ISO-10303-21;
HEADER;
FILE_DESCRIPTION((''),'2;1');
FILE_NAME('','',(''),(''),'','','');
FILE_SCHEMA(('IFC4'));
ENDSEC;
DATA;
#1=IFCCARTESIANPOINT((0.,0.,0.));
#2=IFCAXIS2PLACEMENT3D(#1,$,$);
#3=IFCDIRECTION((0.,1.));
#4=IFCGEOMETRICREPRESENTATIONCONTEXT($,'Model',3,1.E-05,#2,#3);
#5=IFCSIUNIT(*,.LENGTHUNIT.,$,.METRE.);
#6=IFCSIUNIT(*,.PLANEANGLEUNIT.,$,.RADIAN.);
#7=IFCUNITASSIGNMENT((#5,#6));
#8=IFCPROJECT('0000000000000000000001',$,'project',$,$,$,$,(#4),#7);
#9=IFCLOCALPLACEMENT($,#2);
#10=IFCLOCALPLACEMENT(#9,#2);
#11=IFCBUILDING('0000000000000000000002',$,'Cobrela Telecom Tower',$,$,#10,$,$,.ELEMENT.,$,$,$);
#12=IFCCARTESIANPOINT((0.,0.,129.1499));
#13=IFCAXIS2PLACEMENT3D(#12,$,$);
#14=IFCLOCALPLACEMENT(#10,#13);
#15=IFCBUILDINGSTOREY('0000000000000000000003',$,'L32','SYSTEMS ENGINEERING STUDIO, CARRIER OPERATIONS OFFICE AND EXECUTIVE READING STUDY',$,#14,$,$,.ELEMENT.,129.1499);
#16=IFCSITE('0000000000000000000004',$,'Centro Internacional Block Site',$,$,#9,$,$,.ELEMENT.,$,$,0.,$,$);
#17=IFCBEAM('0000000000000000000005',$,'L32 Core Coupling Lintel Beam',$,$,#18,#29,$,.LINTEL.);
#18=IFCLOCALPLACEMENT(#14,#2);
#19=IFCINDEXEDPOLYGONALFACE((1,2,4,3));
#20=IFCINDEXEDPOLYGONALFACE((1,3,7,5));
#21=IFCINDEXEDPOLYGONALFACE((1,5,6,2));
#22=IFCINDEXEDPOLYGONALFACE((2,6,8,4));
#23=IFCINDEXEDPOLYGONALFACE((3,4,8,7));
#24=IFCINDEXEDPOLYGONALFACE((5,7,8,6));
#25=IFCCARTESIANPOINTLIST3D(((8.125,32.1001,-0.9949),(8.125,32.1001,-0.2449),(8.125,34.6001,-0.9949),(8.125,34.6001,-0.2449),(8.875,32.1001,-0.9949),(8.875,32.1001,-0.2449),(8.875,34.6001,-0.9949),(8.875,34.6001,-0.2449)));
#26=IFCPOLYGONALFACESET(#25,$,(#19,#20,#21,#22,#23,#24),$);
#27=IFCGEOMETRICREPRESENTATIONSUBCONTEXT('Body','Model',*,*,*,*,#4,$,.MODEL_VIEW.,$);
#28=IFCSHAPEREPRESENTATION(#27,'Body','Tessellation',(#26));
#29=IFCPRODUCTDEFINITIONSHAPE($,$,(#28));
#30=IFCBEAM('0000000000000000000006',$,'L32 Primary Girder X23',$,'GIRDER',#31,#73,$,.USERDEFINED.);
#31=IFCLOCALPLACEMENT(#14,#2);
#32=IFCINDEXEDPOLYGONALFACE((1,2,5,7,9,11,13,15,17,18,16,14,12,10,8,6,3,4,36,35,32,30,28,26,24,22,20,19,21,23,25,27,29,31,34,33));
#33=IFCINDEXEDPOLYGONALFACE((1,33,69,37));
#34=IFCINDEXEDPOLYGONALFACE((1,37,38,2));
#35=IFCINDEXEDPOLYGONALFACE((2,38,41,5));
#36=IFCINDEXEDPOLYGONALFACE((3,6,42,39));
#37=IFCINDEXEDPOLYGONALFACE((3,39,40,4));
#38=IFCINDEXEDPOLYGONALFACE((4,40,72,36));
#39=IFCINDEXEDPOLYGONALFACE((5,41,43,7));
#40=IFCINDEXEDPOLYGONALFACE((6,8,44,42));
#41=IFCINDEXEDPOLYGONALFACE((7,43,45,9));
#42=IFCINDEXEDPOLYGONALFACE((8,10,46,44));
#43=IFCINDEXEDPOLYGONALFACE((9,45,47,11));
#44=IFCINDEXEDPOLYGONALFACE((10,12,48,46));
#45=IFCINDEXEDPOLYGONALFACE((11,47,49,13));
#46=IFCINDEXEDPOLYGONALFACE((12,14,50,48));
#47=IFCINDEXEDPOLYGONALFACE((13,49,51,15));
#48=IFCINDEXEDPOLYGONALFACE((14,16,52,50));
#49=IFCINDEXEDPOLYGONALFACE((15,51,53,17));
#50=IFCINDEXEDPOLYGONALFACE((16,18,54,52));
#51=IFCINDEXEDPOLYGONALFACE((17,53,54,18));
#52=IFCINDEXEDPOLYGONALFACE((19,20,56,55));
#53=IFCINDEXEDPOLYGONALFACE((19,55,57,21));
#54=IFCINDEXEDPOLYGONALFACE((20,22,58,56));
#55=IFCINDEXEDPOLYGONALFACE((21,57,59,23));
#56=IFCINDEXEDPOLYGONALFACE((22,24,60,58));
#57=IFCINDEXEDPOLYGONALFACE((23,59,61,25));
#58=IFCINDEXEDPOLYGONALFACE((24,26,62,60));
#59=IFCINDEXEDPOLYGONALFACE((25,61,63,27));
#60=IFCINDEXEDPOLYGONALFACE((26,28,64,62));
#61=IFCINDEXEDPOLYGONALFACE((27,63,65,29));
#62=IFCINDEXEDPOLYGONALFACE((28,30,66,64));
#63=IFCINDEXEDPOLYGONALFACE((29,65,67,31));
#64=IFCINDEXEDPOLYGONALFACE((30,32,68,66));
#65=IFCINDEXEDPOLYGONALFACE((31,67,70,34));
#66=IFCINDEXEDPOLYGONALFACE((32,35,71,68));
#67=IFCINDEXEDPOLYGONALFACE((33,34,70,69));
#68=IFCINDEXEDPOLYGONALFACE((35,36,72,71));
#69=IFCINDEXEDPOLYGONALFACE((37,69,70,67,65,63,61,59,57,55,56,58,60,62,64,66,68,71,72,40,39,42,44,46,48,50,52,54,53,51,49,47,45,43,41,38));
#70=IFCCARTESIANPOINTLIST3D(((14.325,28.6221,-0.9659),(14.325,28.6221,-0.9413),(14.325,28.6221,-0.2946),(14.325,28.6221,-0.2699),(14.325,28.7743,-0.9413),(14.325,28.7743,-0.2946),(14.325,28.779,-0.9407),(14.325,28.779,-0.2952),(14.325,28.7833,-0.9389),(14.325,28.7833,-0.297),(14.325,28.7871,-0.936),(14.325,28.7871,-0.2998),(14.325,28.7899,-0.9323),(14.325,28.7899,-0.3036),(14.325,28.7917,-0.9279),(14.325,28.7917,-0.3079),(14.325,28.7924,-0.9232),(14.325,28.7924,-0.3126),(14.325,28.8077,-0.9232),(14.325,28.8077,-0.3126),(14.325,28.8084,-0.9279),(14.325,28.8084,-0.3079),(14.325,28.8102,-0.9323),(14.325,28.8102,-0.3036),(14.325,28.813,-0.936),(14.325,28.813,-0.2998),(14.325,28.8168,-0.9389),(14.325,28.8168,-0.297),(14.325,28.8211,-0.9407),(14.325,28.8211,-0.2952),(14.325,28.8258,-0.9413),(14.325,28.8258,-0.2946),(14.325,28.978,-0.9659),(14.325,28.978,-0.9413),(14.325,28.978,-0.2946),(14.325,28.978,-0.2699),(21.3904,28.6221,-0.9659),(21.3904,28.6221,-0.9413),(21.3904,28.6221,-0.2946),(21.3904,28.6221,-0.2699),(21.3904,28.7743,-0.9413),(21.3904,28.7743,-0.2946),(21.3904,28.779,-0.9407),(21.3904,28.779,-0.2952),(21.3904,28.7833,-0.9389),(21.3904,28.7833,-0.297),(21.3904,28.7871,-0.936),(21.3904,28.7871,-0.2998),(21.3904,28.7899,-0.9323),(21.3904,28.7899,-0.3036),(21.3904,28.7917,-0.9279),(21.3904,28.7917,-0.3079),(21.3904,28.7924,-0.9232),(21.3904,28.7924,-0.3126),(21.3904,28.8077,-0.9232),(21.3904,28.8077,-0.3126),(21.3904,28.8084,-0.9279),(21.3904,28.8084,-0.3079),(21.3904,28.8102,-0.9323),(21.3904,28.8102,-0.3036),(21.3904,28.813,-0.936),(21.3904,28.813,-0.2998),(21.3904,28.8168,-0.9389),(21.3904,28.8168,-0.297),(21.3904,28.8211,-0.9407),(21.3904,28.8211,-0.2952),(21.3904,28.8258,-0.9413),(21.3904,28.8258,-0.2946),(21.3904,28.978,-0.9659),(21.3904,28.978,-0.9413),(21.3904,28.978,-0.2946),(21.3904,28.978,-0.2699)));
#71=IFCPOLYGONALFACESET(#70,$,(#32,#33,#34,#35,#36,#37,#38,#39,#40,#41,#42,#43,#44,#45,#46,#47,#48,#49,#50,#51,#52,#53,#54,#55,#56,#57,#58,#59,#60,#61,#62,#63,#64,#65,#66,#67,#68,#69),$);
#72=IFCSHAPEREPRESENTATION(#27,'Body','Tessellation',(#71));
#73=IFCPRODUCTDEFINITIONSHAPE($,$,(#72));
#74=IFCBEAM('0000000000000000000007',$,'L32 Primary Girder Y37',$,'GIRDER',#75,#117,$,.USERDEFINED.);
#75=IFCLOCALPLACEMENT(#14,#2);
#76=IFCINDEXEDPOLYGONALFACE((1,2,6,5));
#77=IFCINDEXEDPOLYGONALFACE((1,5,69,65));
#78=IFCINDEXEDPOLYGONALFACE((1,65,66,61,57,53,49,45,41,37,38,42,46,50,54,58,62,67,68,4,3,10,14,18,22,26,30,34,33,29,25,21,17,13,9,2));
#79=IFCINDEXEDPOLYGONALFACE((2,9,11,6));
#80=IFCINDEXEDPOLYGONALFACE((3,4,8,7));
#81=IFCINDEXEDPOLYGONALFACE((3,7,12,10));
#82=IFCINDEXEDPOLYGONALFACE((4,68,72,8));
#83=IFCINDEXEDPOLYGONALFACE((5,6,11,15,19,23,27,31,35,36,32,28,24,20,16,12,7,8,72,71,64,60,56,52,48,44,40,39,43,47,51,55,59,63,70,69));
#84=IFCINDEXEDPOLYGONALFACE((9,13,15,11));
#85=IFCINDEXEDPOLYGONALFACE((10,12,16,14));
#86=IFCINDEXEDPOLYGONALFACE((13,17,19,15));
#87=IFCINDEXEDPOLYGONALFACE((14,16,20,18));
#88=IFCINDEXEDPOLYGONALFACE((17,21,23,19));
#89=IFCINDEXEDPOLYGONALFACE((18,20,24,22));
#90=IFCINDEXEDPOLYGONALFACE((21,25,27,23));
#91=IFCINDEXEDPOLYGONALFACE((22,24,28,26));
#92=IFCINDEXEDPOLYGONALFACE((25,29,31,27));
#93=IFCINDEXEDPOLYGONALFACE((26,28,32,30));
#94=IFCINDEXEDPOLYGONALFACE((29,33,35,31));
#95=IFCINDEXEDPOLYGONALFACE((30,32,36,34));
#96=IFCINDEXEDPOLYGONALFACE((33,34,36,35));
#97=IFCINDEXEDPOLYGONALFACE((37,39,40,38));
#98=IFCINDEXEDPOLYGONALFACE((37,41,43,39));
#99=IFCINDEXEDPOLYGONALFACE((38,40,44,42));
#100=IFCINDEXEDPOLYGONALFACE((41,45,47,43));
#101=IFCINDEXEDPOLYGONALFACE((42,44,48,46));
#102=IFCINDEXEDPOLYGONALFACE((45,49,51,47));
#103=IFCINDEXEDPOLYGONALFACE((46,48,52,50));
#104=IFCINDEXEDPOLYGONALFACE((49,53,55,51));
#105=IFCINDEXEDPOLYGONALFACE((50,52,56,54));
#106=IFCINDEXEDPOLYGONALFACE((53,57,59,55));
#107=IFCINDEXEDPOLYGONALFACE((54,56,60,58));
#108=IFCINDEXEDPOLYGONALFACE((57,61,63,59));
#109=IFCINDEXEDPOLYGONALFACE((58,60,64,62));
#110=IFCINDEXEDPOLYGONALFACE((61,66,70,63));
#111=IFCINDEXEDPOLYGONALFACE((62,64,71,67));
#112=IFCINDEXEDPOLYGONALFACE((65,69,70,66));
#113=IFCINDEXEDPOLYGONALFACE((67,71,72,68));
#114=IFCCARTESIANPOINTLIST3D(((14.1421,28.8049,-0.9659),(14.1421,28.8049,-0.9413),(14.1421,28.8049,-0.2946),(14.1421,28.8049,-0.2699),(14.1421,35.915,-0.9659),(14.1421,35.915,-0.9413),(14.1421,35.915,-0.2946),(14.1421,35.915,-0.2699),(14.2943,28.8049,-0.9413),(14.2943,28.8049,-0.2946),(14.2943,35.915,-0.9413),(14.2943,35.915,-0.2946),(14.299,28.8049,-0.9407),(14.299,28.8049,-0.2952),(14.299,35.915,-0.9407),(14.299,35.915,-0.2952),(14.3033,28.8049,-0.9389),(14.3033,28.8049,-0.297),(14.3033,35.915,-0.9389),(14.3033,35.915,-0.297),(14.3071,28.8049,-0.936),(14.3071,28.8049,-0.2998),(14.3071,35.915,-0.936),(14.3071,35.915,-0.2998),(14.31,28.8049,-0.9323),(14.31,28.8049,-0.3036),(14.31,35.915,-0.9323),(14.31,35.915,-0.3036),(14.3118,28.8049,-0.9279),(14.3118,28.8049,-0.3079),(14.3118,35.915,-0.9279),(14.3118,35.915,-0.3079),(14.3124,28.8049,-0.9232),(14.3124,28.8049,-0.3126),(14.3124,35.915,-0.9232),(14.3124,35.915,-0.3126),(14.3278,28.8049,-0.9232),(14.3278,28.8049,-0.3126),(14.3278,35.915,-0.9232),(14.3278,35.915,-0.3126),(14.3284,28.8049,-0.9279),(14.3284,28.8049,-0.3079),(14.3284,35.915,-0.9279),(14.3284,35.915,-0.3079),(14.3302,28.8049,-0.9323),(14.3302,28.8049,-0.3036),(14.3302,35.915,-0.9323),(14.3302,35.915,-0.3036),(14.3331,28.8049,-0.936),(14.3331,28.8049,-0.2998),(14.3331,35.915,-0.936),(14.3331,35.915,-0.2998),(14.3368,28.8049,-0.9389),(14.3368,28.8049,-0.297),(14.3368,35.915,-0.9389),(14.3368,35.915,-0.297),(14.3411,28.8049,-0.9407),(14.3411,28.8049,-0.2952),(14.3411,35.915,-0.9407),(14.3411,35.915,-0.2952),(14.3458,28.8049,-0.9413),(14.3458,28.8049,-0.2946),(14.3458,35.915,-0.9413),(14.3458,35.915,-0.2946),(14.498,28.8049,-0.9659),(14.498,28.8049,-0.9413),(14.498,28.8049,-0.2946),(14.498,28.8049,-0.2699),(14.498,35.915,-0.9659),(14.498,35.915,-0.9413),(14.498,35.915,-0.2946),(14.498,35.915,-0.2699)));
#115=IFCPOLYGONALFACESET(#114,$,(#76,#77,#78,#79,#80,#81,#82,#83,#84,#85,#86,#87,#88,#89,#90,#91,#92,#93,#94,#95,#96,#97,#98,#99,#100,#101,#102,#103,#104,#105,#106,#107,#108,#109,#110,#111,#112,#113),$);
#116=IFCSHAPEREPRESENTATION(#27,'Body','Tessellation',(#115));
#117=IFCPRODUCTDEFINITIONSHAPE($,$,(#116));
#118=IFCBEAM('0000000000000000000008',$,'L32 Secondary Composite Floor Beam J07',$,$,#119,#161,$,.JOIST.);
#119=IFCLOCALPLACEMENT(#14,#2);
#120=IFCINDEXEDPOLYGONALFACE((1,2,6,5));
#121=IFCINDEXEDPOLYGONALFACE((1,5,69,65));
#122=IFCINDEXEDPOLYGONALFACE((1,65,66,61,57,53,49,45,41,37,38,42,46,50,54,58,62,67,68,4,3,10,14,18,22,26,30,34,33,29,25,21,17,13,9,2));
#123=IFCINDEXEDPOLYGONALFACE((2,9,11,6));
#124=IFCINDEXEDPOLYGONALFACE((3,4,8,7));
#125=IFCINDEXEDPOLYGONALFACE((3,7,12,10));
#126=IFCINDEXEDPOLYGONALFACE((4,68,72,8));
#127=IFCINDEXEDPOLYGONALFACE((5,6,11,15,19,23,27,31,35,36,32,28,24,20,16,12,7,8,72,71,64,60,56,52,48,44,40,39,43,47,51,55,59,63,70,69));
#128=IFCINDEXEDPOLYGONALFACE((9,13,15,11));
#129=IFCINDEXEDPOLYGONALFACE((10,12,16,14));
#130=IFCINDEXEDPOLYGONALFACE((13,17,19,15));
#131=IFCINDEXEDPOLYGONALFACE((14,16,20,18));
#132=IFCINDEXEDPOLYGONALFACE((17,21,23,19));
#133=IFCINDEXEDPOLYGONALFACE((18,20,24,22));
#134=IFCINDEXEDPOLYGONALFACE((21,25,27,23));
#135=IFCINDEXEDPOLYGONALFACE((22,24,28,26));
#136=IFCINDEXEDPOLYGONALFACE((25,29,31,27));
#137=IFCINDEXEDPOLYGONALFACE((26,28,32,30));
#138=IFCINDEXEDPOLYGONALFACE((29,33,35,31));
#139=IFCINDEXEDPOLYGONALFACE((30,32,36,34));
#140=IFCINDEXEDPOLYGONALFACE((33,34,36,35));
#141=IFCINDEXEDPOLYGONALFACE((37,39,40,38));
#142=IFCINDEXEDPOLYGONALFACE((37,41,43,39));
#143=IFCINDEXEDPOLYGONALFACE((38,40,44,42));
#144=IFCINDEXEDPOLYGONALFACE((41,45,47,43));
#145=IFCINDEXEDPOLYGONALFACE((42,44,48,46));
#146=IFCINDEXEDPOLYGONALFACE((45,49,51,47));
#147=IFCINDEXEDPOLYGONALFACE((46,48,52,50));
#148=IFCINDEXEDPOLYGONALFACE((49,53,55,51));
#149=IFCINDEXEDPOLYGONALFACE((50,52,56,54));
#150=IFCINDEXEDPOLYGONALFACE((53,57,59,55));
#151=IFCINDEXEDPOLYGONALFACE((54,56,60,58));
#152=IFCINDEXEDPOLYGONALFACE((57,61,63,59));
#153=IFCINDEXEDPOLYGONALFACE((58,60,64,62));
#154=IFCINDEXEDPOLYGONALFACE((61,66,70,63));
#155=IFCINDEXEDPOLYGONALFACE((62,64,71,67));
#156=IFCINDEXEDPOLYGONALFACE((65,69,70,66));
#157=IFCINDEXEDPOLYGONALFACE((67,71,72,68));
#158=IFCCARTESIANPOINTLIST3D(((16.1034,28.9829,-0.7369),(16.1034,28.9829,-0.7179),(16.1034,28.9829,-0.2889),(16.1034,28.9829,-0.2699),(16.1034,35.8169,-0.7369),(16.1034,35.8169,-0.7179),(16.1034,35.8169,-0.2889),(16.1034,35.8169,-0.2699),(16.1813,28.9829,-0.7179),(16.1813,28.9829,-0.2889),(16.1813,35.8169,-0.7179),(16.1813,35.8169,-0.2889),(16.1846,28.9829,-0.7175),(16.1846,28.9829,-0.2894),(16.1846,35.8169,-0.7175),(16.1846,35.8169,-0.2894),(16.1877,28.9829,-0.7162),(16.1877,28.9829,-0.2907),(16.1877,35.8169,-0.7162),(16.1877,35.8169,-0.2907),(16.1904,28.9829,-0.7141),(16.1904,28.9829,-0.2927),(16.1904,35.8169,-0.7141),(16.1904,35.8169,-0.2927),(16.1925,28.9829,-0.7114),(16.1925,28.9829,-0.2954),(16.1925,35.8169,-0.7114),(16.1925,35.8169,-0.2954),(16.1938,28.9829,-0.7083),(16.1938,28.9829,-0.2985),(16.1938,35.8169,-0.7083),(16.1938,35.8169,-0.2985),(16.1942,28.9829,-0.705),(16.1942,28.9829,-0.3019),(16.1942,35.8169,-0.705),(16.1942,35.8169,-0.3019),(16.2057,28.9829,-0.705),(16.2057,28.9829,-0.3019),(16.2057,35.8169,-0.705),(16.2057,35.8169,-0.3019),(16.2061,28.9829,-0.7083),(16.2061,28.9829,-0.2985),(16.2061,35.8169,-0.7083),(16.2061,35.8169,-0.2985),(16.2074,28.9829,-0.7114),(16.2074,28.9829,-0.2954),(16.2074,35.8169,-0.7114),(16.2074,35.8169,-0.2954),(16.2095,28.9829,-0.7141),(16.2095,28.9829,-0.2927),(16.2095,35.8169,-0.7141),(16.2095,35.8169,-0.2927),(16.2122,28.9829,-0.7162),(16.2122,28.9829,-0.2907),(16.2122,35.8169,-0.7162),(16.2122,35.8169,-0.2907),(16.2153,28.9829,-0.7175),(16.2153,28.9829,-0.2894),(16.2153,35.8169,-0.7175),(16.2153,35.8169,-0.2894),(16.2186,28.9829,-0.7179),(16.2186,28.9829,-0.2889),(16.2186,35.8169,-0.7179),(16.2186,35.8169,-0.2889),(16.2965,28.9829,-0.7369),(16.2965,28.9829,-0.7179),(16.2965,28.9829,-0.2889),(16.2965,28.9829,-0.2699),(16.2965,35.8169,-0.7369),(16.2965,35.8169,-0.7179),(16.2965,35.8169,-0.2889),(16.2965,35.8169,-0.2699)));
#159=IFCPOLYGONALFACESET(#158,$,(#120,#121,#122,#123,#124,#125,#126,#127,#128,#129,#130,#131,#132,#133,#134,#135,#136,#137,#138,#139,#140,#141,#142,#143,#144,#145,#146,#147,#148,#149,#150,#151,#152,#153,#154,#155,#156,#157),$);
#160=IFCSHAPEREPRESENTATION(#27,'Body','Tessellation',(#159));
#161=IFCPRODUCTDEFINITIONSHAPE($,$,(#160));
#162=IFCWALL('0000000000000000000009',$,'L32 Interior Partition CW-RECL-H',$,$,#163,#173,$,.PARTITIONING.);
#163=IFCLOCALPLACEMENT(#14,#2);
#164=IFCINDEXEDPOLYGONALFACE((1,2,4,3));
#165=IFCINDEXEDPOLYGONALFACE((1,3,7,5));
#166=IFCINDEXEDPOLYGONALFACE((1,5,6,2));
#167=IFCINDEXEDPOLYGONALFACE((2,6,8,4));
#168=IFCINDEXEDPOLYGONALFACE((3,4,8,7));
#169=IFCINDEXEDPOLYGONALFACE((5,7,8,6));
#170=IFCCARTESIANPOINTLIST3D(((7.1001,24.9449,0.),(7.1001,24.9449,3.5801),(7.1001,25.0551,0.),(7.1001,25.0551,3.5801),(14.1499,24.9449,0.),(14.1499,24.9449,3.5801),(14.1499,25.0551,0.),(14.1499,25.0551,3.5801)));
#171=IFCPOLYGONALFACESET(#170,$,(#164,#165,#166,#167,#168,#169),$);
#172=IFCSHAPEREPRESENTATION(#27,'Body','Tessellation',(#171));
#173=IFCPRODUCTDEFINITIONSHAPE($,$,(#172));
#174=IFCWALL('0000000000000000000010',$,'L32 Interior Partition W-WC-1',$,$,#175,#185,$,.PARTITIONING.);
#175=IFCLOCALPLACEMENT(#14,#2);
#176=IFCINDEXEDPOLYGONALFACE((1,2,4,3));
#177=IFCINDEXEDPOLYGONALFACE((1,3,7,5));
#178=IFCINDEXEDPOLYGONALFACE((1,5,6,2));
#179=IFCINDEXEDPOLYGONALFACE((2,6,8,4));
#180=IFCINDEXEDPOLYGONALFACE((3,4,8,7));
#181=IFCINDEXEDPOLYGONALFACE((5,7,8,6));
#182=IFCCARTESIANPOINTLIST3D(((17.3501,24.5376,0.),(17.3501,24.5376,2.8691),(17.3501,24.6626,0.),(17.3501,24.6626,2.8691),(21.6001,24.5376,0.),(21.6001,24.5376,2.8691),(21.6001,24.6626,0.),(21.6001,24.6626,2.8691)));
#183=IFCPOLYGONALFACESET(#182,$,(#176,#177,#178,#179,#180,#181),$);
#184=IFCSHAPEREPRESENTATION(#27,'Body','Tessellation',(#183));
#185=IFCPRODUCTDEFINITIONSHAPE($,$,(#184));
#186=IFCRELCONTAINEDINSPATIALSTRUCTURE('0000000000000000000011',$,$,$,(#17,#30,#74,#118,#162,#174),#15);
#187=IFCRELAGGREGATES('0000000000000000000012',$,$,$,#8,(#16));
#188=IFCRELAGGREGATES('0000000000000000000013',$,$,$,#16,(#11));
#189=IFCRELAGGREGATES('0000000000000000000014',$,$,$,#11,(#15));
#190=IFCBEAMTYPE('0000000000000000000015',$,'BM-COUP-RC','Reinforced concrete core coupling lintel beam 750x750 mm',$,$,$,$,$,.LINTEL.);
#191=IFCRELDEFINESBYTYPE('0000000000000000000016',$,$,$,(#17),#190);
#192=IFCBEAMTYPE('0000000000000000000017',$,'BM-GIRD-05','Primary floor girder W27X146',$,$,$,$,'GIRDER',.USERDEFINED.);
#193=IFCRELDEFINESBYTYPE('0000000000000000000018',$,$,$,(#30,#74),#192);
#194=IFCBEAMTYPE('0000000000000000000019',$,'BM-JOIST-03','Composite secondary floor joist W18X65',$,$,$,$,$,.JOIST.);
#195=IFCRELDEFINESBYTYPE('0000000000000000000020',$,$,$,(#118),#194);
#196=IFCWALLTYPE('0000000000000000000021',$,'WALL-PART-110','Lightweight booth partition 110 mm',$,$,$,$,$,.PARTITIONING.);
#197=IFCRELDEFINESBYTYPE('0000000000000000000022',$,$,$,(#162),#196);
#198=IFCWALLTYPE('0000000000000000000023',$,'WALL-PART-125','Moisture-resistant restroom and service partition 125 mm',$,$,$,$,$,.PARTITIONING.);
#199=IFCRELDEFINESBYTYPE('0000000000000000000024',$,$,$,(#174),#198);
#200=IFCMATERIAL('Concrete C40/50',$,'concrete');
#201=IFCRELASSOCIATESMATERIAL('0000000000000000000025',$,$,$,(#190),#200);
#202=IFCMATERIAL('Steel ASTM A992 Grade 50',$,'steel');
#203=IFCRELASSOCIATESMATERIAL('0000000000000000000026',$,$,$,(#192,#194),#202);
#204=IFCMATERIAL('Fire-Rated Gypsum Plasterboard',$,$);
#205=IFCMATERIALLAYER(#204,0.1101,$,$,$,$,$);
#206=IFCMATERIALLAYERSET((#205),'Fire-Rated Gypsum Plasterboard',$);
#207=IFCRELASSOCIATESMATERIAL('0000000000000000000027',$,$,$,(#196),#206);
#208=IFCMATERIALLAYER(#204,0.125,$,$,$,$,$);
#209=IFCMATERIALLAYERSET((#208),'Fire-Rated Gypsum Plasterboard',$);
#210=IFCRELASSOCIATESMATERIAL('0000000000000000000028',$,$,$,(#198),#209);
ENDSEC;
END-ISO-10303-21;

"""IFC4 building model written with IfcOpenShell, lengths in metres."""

from ifc_helpers import new_model, si_unit, direction, frame, frame_2d, origin, origin_2d, place, context, subcontext, project, spatial, rectangle, i_section, extrude, material, layer, layer_set, material_profile, profile_set, type_object, element, save


model = new_model("IFC4")

# Units and contexts
model_context = context("Model", 3, precision=1e-05, world=origin(), true_north=direction((0.0, 1.0)))
body_context = subcontext(model_context, "Body", "Model", "MODEL_VIEW")
ifc_project = project(units=[si_unit("LENGTHUNIT", "METRE"), si_unit("PLANEANGLEUNIT", "RADIAN")], contexts=[model_context])

# Site, building, storey
site_placement = place(None, origin())
site = spatial("IfcSite", under=ifc_project, at=site_placement, Name="Centro Internacional Block Site", CompositionType="ELEMENT", RefElevation=0.0)
building_placement = place(site_placement, origin())
building = spatial("IfcBuilding", under=site, at=building_placement, Name="Cobrela Telecom Tower", CompositionType="ELEMENT")
storey_placement = place(building_placement, frame((0.0, 0.0, 129.1499)))
storey = spatial("IfcBuildingStorey", under=building, at=storey_placement, Name="L32", Description="SYSTEMS ENGINEERING STUDIO, CARRIER OPERATIONS OFFICE AND EXECUTIVE READING STUDY", CompositionType="ELEMENT", Elevation=129.1499)

# Beams
ifc_material_1 = material(Name="Concrete C40/50", Category="concrete")
ifc_material_profile_1 = material_profile(ifc_material_1, rectangle(XDim=0.75, YDim=0.75, at=origin_2d()), Name="RC 750x750")
ifc_profile_set_1 = profile_set([ifc_material_profile_1], Name="Concrete C40/50")
beam_type_1 = type_object("IfcBeamType", Name="BM-COUP-RC", Description="Reinforced concrete core coupling lintel beam 750x750 mm", PredefinedType="LINTEL", material=ifc_profile_set_1)
beam_1_placement = place(storey_placement, frame((8.5, 32.1001, -0.6199), z_axis=(0.0, 1.0, 0.0), x_axis=(-1.0, 0.0, 0.0)))
element("IfcBeam", 1, at=beam_1_placement, inside=storey, type_object=beam_type_1, Name="L32 Core Coupling Lintel Beam", PredefinedType="LINTEL", context=body_context, shape_type="SweptSolid", body=[
    extrude(rectangle(XDim=0.75, YDim=0.75, at=origin_2d()), origin(), (0.0, 0.0, 1.0), 2.5),
])
ifc_material_2 = material(Name="Steel ASTM A992 Grade 50", Category="steel")
ifc_material_profile_2 = material_profile(ifc_material_2, i_section(OverallWidth=0.356, OverallDepth=0.696, WebThickness=0.0154, FlangeThickness=0.0247, FilletRadius=0.0181, at=origin_2d()), Name="W27X146")
ifc_profile_set_2 = profile_set([ifc_material_profile_2], Name="Steel ASTM A992 Grade 50")
beam_type_2 = type_object("IfcBeamType", Name="BM-GIRD-05", Description="Primary floor girder W27X146", ElementType="GIRDER", PredefinedType="USERDEFINED", material=ifc_profile_set_2)
beam_2_placement = place(storey_placement, frame((14.325, 28.8, -0.6179), z_axis=(1.0, 0.0, 0.0), x_axis=(0.0, 1.0, 0.0)))
element("IfcBeam", 2, at=beam_2_placement, inside=storey, type_object=beam_type_2, Name="L32 Primary Girder X23", ObjectType="GIRDER", PredefinedType="USERDEFINED", context=body_context, shape_type="SweptSolid", body=[
    extrude(i_section(OverallWidth=0.356, OverallDepth=0.696, WebThickness=0.0154, FlangeThickness=0.0247, FilletRadius=0.0181, at=origin_2d()), origin(), (0.0, 0.0, 1.0), 7.0654),
])
beam_3_placement = place(storey_placement, frame((14.3201, 28.8049, -0.6179), z_axis=(0.0, 1.0, 0.0), x_axis=(-1.0, 0.0, 0.0)))
element("IfcBeam", 3, at=beam_3_placement, inside=storey, type_object=beam_type_2, Name="L32 Primary Girder Y37", ObjectType="GIRDER", PredefinedType="USERDEFINED", context=body_context, shape_type="SweptSolid", body=[
    extrude(i_section(OverallWidth=0.356, OverallDepth=0.696, WebThickness=0.0154, FlangeThickness=0.0247, FilletRadius=0.0181, at=origin_2d()), origin(), (0.0, 0.0, 1.0), 7.1101),
])
ifc_material_profile_3 = material_profile(ifc_material_2, i_section(OverallWidth=0.1931, OverallDepth=0.467, WebThickness=0.0115, FlangeThickness=0.019, FilletRadius=0.0129, at=origin_2d()), Name="W18X65")
ifc_profile_set_3 = profile_set([ifc_material_profile_3], Name="Steel ASTM A992 Grade 50")
beam_type_3 = type_object("IfcBeamType", Name="BM-JOIST-03", Description="Composite secondary floor joist W18X65", PredefinedType="JOIST", material=ifc_profile_set_3)
beam_4_placement = place(storey_placement, frame((16.2, 28.9829, -0.5034), z_axis=(0.0, 1.0, 0.0), x_axis=(-1.0, 0.0, 0.0)))
element("IfcBeam", 4, at=beam_4_placement, inside=storey, type_object=beam_type_3, Name="L32 Secondary Composite Floor Beam J07", PredefinedType="JOIST", context=body_context, shape_type="SweptSolid", body=[
    extrude(i_section(OverallWidth=0.1931, OverallDepth=0.467, WebThickness=0.0115, FlangeThickness=0.019, FilletRadius=0.0129, at=origin_2d()), origin(), (0.0, 0.0, 1.0), 6.834),
])

# Walls
ifc_material_3 = material(Name="Fire-Rated Gypsum Plasterboard")
ifc_layer_1 = layer(ifc_material_3, 0.1101)
ifc_layer_set_1 = layer_set([ifc_layer_1], Name="Fire-Rated Gypsum Plasterboard")
wall_type_1 = type_object("IfcWallType", Name="WALL-PART-110", Description="Lightweight booth partition 110 mm", PredefinedType="PARTITIONING", material=ifc_layer_set_1)
wall_1_placement = place(storey_placement, frame((7.1001, 25.0, 0.0), z_axis=(0.0, 0.0, 1.0), x_axis=(1.0, 0.0, 0.0)))
element("IfcWall", 5, at=wall_1_placement, inside=storey, type_object=wall_type_1, Name="L32 Interior Partition CW-RECL-H", PredefinedType="PARTITIONING", context=body_context, shape_type="SweptSolid", body=[
    extrude(rectangle(XDim=7.0498, YDim=0.1101, at=frame_2d((3.5249, 0.0))), origin(), (0.0, 0.0, 1.0), 3.5801),
])
ifc_layer_2 = layer(ifc_material_3, 0.125)
ifc_layer_set_2 = layer_set([ifc_layer_2], Name="Fire-Rated Gypsum Plasterboard")
wall_type_2 = type_object("IfcWallType", Name="WALL-PART-125", Description="Moisture-resistant restroom and service partition 125 mm", PredefinedType="PARTITIONING", material=ifc_layer_set_2)
for number, where, z_axis, x_axis, name in (
    (6, (17.3501, 24.6001, 0.0), (0.0, 0.0, 1.0), (1.0, 0.0, 0.0), "L32 Interior Partition W-WC-1"),
):
    element("IfcWall", number, at=place(storey_placement, frame(where, z_axis=z_axis, x_axis=x_axis)), inside=storey, type_object=wall_type_2, Name=name, PredefinedType="PARTITIONING", context=body_context, shape_type="SweptSolid", body=[
        extrude(rectangle(XDim=4.25, YDim=0.125, at=frame_2d((2.125, 0.0))), origin(), (0.0, 0.0, 1.0), 2.8691),
    ])

save(model, "model.ifc")
